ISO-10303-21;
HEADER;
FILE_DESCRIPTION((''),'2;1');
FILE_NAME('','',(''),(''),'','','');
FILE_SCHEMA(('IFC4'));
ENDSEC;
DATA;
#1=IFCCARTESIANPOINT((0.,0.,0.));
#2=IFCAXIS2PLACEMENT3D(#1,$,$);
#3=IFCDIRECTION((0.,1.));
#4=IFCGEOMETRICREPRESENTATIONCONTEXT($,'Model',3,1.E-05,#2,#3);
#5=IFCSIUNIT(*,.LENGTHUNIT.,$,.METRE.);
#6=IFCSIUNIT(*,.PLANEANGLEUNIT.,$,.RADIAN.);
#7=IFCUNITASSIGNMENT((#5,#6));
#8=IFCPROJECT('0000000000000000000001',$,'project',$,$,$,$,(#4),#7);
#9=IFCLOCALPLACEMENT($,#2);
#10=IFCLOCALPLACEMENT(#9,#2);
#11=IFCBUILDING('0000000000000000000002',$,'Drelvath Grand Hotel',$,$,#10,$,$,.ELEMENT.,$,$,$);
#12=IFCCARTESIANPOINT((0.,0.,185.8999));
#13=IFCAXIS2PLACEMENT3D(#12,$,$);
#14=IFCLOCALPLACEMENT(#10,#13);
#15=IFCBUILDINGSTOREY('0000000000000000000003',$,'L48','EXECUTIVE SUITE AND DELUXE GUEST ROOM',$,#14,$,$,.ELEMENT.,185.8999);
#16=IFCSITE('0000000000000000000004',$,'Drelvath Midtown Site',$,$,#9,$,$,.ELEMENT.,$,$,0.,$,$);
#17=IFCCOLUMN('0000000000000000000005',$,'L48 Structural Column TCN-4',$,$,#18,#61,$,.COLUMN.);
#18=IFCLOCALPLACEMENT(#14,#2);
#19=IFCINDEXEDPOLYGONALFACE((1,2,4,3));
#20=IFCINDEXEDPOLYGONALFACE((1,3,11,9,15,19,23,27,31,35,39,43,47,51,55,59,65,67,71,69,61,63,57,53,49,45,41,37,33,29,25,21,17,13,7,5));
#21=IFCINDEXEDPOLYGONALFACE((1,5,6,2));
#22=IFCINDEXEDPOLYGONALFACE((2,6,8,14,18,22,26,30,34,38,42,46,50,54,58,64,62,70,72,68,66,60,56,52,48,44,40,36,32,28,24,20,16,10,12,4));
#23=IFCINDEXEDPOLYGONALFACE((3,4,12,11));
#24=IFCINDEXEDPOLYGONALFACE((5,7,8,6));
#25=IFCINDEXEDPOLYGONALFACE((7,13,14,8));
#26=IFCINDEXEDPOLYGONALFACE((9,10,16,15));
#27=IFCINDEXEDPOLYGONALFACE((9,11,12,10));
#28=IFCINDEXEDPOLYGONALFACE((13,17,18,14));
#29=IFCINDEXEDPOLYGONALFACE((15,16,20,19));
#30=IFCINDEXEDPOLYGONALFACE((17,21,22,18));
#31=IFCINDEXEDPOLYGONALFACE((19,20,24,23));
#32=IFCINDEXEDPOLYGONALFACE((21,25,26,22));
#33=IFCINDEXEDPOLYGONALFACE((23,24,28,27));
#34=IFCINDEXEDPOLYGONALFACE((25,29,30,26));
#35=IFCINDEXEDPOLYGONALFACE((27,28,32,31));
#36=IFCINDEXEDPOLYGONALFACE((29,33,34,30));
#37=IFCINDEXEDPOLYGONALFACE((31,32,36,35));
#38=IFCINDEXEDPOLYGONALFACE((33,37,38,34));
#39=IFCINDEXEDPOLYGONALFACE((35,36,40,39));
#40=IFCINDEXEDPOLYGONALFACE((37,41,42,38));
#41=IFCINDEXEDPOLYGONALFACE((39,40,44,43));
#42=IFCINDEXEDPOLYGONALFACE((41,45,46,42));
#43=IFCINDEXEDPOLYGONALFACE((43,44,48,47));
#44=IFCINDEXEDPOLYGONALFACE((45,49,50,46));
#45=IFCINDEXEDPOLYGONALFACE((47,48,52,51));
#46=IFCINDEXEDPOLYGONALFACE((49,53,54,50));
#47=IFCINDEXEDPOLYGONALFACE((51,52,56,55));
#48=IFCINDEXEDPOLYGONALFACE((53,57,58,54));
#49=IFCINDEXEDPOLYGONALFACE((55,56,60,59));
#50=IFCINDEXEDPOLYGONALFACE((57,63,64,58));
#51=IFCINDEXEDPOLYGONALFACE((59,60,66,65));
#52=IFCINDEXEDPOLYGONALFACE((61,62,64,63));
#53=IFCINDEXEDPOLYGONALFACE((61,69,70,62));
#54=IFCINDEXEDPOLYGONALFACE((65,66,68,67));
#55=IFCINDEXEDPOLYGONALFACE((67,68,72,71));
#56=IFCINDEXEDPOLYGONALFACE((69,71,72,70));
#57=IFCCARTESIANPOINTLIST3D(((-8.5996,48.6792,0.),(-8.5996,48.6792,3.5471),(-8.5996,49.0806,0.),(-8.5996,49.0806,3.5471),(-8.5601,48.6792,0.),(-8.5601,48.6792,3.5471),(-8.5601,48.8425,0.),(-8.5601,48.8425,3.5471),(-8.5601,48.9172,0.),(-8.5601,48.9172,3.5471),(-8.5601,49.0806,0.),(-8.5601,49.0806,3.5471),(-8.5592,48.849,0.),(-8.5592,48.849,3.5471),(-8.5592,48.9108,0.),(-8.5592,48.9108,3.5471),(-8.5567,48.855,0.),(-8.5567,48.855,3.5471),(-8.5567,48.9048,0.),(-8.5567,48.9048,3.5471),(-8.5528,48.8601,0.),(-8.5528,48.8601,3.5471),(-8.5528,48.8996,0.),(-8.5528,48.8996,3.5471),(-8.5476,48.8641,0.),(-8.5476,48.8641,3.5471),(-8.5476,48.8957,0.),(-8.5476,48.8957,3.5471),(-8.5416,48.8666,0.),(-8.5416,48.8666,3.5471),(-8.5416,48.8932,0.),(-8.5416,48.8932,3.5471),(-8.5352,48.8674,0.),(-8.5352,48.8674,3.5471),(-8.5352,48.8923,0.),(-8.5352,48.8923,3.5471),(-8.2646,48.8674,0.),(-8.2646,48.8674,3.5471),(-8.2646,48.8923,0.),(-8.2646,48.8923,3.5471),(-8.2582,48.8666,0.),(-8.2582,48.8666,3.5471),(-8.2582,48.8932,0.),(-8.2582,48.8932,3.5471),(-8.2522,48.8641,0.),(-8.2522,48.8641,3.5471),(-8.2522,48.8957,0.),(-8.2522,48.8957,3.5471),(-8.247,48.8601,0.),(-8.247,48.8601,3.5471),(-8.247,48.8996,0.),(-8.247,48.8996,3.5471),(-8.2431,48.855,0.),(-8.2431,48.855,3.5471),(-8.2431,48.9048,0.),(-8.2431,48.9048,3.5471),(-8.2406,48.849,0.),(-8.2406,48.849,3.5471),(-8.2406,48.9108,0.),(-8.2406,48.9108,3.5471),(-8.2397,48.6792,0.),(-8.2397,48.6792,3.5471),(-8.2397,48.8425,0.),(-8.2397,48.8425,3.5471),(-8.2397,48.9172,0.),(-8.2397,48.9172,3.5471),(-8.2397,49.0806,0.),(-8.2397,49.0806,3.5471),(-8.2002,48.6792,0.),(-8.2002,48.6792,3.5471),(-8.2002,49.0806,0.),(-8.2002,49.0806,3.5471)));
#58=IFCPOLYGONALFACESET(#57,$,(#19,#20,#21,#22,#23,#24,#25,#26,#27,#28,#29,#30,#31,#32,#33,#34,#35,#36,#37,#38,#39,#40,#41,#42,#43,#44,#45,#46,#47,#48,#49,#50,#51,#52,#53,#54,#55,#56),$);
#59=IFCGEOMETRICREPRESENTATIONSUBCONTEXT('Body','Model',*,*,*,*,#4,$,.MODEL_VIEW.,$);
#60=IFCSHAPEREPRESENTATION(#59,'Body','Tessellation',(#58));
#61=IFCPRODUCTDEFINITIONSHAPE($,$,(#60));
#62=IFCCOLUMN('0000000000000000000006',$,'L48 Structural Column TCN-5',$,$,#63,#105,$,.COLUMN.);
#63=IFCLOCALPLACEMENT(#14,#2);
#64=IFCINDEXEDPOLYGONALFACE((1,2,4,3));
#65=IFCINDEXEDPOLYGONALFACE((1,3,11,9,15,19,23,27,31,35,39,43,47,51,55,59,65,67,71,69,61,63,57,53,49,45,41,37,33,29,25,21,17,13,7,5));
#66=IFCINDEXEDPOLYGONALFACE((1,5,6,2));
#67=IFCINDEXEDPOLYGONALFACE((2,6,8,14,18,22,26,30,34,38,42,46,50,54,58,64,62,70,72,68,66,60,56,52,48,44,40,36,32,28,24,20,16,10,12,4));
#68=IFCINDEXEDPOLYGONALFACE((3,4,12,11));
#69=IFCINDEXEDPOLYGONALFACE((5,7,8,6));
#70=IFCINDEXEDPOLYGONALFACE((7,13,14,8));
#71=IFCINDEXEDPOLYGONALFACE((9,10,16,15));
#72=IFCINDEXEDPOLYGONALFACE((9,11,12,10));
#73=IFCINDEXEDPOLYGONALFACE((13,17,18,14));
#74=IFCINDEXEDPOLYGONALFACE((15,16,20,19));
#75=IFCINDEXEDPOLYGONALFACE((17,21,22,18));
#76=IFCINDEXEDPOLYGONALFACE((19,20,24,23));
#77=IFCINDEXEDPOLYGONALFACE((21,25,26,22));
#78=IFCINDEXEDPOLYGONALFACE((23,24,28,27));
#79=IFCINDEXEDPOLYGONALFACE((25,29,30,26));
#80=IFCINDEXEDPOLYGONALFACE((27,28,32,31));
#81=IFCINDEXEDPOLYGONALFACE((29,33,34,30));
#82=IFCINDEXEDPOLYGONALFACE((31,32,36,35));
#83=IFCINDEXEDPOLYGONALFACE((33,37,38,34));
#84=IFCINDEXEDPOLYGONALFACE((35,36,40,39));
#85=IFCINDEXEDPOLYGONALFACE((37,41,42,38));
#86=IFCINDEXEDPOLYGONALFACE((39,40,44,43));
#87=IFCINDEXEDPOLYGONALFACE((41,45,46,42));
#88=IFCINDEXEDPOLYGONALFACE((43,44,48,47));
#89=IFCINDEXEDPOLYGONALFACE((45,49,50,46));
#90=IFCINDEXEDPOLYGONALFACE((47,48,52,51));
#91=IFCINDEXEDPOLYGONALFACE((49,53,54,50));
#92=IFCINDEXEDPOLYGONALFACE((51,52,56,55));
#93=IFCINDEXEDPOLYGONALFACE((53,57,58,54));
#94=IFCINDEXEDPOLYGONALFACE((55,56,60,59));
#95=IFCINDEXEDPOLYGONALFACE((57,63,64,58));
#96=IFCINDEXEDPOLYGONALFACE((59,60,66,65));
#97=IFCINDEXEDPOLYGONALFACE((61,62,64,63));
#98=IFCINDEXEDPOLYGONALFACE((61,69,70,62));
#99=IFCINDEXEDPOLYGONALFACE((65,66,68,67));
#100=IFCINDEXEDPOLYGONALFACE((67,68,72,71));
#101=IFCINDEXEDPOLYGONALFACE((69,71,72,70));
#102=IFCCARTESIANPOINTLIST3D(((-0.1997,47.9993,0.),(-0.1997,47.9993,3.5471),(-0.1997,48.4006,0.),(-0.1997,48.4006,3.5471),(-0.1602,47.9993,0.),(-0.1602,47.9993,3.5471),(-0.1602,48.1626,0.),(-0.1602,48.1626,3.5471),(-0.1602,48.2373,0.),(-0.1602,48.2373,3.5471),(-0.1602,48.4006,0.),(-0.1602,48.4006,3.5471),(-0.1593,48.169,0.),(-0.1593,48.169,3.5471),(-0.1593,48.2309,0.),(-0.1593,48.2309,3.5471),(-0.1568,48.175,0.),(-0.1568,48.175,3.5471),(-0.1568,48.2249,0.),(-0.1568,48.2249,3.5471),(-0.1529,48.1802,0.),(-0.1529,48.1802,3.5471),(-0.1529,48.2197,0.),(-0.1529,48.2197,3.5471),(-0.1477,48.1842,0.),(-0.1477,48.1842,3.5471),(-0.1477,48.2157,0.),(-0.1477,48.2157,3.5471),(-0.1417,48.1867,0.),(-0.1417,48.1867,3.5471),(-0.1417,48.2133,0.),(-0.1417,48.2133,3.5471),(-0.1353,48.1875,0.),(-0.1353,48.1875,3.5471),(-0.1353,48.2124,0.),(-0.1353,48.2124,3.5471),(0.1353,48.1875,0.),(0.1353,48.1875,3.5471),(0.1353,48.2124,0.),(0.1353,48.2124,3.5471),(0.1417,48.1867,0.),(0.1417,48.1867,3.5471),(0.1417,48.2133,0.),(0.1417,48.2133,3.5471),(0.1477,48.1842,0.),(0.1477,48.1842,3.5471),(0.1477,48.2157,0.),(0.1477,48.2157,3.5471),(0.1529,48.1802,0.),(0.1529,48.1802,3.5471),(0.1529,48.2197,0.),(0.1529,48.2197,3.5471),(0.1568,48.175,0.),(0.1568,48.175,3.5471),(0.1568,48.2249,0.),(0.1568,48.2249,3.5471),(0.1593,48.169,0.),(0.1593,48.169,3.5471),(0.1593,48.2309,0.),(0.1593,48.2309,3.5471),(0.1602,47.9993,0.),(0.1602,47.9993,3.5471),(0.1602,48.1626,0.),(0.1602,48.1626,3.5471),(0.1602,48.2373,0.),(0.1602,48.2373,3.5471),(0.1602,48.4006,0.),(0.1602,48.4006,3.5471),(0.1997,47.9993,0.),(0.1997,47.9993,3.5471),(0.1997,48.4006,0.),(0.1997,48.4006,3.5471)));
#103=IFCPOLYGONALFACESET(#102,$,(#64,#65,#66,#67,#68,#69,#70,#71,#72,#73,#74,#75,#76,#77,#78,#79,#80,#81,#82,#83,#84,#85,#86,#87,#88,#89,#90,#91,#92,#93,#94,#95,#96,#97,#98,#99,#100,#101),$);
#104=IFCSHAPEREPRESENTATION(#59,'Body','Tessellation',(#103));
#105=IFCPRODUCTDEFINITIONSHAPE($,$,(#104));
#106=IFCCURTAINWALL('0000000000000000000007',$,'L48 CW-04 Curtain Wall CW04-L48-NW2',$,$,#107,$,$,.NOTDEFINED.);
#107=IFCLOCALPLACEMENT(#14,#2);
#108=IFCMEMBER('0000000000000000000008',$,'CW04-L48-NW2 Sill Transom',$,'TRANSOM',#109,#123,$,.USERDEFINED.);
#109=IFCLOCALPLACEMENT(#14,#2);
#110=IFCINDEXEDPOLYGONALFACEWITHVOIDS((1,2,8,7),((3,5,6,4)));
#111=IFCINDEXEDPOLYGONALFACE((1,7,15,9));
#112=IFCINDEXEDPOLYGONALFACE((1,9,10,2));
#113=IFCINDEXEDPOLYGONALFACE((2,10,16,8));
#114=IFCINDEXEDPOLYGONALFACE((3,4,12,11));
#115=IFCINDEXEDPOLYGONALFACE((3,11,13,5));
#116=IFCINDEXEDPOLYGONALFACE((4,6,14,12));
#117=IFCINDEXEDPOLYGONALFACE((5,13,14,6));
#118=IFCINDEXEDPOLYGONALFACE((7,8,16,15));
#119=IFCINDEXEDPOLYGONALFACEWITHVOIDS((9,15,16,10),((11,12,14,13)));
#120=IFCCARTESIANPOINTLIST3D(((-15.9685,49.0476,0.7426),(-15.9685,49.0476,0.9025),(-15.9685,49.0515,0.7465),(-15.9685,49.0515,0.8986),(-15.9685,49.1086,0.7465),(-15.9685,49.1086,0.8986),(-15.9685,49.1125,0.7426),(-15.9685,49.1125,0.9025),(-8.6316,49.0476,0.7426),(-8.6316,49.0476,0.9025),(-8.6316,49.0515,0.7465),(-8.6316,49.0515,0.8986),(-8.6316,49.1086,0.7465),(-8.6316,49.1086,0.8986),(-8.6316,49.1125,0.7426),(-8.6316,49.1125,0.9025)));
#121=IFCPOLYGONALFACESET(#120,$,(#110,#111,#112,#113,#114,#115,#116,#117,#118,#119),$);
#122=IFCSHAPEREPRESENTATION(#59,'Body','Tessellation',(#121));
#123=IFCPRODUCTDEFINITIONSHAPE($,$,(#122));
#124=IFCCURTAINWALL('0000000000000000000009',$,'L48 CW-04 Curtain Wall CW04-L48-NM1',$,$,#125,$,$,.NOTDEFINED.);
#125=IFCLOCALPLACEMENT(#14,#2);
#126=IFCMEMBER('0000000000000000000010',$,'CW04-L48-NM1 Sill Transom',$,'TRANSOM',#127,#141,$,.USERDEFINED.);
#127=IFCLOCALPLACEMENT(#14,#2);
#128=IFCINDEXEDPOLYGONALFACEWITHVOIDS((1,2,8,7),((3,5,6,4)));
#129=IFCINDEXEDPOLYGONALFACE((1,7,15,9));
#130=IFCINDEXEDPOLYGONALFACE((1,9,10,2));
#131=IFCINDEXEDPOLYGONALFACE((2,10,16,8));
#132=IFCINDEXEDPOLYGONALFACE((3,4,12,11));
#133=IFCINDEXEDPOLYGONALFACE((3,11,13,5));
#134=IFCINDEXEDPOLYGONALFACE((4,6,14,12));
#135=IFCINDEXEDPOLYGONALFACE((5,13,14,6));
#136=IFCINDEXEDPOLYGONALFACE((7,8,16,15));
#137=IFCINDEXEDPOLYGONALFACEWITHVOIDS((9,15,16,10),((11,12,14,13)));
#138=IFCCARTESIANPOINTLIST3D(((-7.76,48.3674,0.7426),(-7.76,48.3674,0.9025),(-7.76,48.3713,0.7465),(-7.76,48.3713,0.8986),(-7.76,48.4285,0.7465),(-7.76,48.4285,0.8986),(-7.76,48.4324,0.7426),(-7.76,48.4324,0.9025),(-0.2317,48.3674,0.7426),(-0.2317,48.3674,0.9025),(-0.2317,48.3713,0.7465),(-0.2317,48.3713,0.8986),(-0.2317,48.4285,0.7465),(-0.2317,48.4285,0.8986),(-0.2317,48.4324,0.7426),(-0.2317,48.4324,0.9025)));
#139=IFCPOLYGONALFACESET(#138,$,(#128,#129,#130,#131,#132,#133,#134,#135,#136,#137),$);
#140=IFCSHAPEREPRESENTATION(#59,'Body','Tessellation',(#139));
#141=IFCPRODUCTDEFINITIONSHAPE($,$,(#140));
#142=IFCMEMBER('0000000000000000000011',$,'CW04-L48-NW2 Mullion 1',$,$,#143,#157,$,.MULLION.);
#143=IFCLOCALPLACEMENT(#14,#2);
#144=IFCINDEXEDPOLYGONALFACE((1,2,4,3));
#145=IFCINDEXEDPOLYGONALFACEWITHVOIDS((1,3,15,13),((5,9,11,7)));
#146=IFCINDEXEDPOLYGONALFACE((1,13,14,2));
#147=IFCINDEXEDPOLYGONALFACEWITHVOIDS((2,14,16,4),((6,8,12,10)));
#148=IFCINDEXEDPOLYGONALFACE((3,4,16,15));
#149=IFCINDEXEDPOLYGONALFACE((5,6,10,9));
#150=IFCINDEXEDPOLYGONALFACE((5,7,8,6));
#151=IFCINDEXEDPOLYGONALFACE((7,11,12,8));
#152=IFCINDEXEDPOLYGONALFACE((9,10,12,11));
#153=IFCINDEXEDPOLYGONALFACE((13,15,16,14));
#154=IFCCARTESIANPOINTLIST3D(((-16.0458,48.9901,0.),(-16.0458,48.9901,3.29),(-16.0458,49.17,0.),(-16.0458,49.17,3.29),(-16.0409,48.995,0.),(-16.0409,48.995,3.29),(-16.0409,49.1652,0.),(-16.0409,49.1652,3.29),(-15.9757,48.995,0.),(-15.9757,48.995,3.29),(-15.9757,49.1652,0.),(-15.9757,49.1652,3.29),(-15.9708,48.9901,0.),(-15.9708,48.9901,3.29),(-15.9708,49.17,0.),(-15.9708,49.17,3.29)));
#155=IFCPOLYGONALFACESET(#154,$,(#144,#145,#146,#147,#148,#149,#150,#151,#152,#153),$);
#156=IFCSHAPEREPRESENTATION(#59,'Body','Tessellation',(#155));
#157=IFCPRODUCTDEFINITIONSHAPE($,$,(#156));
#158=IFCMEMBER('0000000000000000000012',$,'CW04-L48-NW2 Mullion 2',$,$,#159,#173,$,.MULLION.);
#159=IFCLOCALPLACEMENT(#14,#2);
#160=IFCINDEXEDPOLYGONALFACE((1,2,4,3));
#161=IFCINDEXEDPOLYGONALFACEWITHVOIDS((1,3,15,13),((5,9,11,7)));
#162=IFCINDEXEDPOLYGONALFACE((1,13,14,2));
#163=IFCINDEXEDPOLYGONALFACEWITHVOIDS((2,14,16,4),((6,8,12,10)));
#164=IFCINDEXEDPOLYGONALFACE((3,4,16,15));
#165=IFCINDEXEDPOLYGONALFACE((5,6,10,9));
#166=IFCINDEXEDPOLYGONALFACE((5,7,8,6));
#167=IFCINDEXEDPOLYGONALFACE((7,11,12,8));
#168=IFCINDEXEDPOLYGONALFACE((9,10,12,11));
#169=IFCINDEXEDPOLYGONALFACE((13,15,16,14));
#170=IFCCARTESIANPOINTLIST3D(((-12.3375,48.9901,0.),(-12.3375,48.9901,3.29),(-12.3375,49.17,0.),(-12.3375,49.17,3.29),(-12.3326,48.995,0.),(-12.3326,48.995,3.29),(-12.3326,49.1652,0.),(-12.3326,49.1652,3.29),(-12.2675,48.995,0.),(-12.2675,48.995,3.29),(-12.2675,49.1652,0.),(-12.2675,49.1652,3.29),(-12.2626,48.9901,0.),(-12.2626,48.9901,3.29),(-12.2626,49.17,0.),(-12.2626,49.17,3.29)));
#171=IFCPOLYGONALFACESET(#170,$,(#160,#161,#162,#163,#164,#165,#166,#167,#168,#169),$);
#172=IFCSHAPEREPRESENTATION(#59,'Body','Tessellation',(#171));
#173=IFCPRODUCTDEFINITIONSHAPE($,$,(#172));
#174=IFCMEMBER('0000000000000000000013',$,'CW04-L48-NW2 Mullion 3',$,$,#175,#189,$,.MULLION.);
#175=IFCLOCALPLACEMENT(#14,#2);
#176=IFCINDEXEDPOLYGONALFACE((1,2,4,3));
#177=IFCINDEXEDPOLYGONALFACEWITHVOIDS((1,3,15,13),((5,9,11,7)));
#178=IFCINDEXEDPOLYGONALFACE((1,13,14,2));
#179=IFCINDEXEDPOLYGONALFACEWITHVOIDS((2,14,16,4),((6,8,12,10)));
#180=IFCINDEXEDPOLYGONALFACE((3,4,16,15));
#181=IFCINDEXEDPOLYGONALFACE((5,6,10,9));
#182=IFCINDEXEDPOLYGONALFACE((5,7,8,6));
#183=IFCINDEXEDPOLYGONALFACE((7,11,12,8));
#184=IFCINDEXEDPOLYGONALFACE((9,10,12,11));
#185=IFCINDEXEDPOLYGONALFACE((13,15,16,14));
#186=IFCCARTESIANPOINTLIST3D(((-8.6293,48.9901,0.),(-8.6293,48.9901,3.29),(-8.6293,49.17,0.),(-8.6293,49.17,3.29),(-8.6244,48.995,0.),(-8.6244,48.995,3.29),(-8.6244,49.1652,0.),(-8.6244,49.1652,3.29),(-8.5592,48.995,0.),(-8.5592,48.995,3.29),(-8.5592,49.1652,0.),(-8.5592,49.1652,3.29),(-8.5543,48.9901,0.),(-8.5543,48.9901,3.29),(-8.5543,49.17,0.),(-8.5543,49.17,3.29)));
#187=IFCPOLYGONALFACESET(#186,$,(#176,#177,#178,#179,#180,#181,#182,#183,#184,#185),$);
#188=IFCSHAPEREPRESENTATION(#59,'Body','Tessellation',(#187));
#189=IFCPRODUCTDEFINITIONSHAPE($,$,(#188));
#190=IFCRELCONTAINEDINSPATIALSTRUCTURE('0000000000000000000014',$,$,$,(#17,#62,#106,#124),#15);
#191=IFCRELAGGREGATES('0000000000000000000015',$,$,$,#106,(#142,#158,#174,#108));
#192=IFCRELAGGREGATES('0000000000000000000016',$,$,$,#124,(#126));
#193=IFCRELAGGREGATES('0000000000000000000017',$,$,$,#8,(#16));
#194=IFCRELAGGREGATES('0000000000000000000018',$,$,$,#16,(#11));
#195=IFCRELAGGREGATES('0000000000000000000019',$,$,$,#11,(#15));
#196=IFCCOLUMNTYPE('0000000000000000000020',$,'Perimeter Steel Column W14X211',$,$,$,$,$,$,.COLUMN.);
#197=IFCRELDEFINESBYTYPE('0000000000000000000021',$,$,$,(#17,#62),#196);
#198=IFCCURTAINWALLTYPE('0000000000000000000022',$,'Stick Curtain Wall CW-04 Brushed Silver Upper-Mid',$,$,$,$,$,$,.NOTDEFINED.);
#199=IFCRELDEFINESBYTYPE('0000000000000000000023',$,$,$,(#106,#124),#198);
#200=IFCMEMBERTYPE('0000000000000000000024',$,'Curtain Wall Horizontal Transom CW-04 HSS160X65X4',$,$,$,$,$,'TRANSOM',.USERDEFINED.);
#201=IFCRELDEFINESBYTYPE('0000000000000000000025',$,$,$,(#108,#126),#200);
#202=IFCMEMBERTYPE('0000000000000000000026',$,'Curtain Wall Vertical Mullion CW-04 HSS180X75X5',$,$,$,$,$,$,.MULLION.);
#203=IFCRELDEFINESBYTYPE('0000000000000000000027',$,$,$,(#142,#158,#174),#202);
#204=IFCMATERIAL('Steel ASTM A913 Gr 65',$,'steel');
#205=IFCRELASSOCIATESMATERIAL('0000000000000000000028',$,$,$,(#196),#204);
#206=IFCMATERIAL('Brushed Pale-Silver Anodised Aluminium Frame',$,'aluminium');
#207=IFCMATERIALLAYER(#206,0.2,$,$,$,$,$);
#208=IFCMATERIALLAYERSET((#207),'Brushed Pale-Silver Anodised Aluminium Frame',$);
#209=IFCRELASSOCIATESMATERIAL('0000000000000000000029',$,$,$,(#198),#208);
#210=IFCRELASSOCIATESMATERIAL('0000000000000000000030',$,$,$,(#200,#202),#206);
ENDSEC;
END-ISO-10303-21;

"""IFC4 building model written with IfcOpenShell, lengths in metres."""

from ifc_helpers import new_model, si_unit, direction, frame, origin, origin_2d, place, context, subcontext, project, spatial, hollow_rectangle, i_section, extrude, material, layer, layer_set, material_profile, profile_set, type_object, element, aggregate, save


model = new_model("IFC4")

# Units and contexts
model_context = context("Model", 3, precision=1e-05, world=origin(), true_north=direction((0.0, 1.0)))
body_context = subcontext(model_context, "Body", "Model", "MODEL_VIEW")
ifc_project = project(units=[si_unit("LENGTHUNIT", "METRE"), si_unit("PLANEANGLEUNIT", "RADIAN")], contexts=[model_context])

# Site, building, storey
site_placement = place(None, origin())
site = spatial("IfcSite", under=ifc_project, at=site_placement, Name="Drelvath Midtown Site", CompositionType="ELEMENT", RefElevation=0.0)
building_placement = place(site_placement, origin())
building = spatial("IfcBuilding", under=site, at=building_placement, Name="Drelvath Grand Hotel", CompositionType="ELEMENT")
storey_placement = place(building_placement, frame((0.0, 0.0, 185.8999)))
storey = spatial("IfcBuildingStorey", under=building, at=storey_placement, Name="L48", Description="EXECUTIVE SUITE AND DELUXE GUEST ROOM", CompositionType="ELEMENT", Elevation=185.8999)

# Columns
ifc_material_1 = material(Name="Steel ASTM A913 Gr 65", Category="steel")
ifc_material_profile_1 = material_profile(ifc_material_1, i_section(OverallWidth=0.4014, OverallDepth=0.3994, WebThickness=0.0249, FlangeThickness=0.0396, FilletRadius=0.0249, at=origin_2d()), Name="W14X211")
ifc_profile_set_1 = profile_set([ifc_material_profile_1], Name="Steel ASTM A913 Gr 65")
column_type = type_object("IfcColumnType", Name="Perimeter Steel Column W14X211", PredefinedType="COLUMN", material=ifc_profile_set_1)
for number, where, z_axis, x_axis, name in (
    (1, (-8.3999, 48.8799, 0.0), (0.0, 0.0, 1.0), (0.0, 1.0, 0.0), "L48 Structural Column TCN-4"),
    (2, (0.0, 48.2, 0.0), (0.0, 0.0, 1.0), (0.0, 1.0, 0.0), "L48 Structural Column TCN-5"),
):
    element("IfcColumn", number, at=place(storey_placement, frame(where, z_axis=z_axis, x_axis=x_axis)), inside=storey, type_object=column_type, Name=name, PredefinedType="COLUMN", context=body_context, shape_type="SweptSolid", body=[
        extrude(i_section(OverallWidth=0.4014, OverallDepth=0.3994, WebThickness=0.0249, FlangeThickness=0.0396, FilletRadius=0.0249, at=origin_2d()), origin(), (0.0, 0.0, 1.0), 3.5471),
    ])

# Curtain walls, members
ifc_material_2 = material(Name="Brushed Pale-Silver Anodised Aluminium Frame", Category="aluminium")
ifc_layer_1 = layer(ifc_material_2, 0.2)
ifc_layer_set_1 = layer_set([ifc_layer_1], Name="Brushed Pale-Silver Anodised Aluminium Frame")
curtain_wall_type = type_object("IfcCurtainWallType", Name="Stick Curtain Wall CW-04 Brushed Silver Upper-Mid", PredefinedType="NOTDEFINED", material=ifc_layer_set_1)
curtain_wall_1_placement = place(storey_placement, origin())
curtain_wall_1 = element("IfcCurtainWall", 3, at=curtain_wall_1_placement, inside=storey, type_object=curtain_wall_type, Name="L48 CW-04 Curtain Wall CW04-L48-NW2", PredefinedType="NOTDEFINED")
ifc_material_profile_2 = material_profile(ifc_material_2, hollow_rectangle(XDim=0.0649, YDim=0.1599, WallThickness=0.0039, at=origin_2d()), Name="HSS160X65X4")
ifc_profile_set_2 = profile_set([ifc_material_profile_2], Name="Brushed Pale-Silver Anodised Aluminium Frame")
member_type_1 = type_object("IfcMemberType", Name="Curtain Wall Horizontal Transom CW-04 HSS160X65X4", ElementType="TRANSOM", PredefinedType="USERDEFINED", material=ifc_profile_set_2)
member_1_placement = place(storey_placement, frame((-15.9685, 49.0801, 0.8225), z_axis=(1.0, 0.0, 0.0), x_axis=(0.0, 1.0, 0.0)))
member_1 = element("IfcMember", 4, at=member_1_placement, type_object=member_type_1, Name="CW04-L48-NW2 Sill Transom", ObjectType="TRANSOM", PredefinedType="USERDEFINED", context=body_context, shape_type="SweptSolid", body=[
    extrude(hollow_rectangle(XDim=0.0649, YDim=0.1599, WallThickness=0.0039, at=origin_2d()), origin(), (0.0, 0.0, 1.0), 7.3369),
])
curtain_wall_2_placement = place(storey_placement, origin())
curtain_wall_2 = element("IfcCurtainWall", 5, at=curtain_wall_2_placement, inside=storey, type_object=curtain_wall_type, Name="L48 CW-04 Curtain Wall CW04-L48-NM1", PredefinedType="NOTDEFINED")
member_2_placement = place(storey_placement, frame((-7.76, 48.3999, 0.8225), z_axis=(1.0, 0.0, 0.0), x_axis=(0.0, 1.0, 0.0)))
member_2 = element("IfcMember", 6, at=member_2_placement, type_object=member_type_1, Name="CW04-L48-NM1 Sill Transom", ObjectType="TRANSOM", PredefinedType="USERDEFINED", context=body_context, shape_type="SweptSolid", body=[
    extrude(hollow_rectangle(XDim=0.0649, YDim=0.1599, WallThickness=0.0039, at=origin_2d()), origin(), (0.0, 0.0, 1.0), 7.5283),
])

# Members
ifc_material_profile_3 = material_profile(ifc_material_2, hollow_rectangle(XDim=0.075, YDim=0.1799, WallThickness=0.0049, at=origin_2d()), Name="HSS180X75X5")
ifc_profile_set_3 = profile_set([ifc_material_profile_3], Name="Brushed Pale-Silver Anodised Aluminium Frame")
member_type_2 = type_object("IfcMemberType", Name="Curtain Wall Vertical Mullion CW-04 HSS180X75X5", PredefinedType="MULLION", material=ifc_profile_set_3)
member_3_placement = place(storey_placement, frame((-16.0083, 49.0801, 0.0), z_axis=(0.0, 0.0, 1.0), x_axis=(1.0, 0.0, 0.0)))
member_3 = element("IfcMember", 7, at=member_3_placement, type_object=member_type_2, Name="CW04-L48-NW2 Mullion 1", PredefinedType="MULLION", context=body_context, shape_type="SweptSolid", body=[
    extrude(hollow_rectangle(XDim=0.075, YDim=0.1799, WallThickness=0.0049, at=origin_2d()), origin(), (0.0, 0.0, 1.0), 3.29),
])
member_4_placement = place(storey_placement, frame((-12.3, 49.0801, 0.0), z_axis=(0.0, 0.0, 1.0), x_axis=(1.0, 0.0, 0.0)))
member_4 = element("IfcMember", 8, at=member_4_placement, type_object=member_type_2, Name="CW04-L48-NW2 Mullion 2", PredefinedType="MULLION", context=body_context, shape_type="SweptSolid", body=[
    extrude(hollow_rectangle(XDim=0.075, YDim=0.1799, WallThickness=0.0049, at=origin_2d()), origin(), (0.0, 0.0, 1.0), 3.29),
])
member_5_placement = place(storey_placement, frame((-8.5918, 49.0801, 0.0), z_axis=(0.0, 0.0, 1.0), x_axis=(1.0, 0.0, 0.0)))
member_5 = element("IfcMember", 9, at=member_5_placement, type_object=member_type_2, Name="CW04-L48-NW2 Mullion 3", PredefinedType="MULLION", context=body_context, shape_type="SweptSolid", body=[
    extrude(hollow_rectangle(XDim=0.075, YDim=0.1799, WallThickness=0.0049, at=origin_2d()), origin(), (0.0, 0.0, 1.0), 3.29),
])

aggregate(curtain_wall_1, [member_3, member_4, member_5, member_1])
aggregate(curtain_wall_2, [member_2])

save(model, "model.ifc")
